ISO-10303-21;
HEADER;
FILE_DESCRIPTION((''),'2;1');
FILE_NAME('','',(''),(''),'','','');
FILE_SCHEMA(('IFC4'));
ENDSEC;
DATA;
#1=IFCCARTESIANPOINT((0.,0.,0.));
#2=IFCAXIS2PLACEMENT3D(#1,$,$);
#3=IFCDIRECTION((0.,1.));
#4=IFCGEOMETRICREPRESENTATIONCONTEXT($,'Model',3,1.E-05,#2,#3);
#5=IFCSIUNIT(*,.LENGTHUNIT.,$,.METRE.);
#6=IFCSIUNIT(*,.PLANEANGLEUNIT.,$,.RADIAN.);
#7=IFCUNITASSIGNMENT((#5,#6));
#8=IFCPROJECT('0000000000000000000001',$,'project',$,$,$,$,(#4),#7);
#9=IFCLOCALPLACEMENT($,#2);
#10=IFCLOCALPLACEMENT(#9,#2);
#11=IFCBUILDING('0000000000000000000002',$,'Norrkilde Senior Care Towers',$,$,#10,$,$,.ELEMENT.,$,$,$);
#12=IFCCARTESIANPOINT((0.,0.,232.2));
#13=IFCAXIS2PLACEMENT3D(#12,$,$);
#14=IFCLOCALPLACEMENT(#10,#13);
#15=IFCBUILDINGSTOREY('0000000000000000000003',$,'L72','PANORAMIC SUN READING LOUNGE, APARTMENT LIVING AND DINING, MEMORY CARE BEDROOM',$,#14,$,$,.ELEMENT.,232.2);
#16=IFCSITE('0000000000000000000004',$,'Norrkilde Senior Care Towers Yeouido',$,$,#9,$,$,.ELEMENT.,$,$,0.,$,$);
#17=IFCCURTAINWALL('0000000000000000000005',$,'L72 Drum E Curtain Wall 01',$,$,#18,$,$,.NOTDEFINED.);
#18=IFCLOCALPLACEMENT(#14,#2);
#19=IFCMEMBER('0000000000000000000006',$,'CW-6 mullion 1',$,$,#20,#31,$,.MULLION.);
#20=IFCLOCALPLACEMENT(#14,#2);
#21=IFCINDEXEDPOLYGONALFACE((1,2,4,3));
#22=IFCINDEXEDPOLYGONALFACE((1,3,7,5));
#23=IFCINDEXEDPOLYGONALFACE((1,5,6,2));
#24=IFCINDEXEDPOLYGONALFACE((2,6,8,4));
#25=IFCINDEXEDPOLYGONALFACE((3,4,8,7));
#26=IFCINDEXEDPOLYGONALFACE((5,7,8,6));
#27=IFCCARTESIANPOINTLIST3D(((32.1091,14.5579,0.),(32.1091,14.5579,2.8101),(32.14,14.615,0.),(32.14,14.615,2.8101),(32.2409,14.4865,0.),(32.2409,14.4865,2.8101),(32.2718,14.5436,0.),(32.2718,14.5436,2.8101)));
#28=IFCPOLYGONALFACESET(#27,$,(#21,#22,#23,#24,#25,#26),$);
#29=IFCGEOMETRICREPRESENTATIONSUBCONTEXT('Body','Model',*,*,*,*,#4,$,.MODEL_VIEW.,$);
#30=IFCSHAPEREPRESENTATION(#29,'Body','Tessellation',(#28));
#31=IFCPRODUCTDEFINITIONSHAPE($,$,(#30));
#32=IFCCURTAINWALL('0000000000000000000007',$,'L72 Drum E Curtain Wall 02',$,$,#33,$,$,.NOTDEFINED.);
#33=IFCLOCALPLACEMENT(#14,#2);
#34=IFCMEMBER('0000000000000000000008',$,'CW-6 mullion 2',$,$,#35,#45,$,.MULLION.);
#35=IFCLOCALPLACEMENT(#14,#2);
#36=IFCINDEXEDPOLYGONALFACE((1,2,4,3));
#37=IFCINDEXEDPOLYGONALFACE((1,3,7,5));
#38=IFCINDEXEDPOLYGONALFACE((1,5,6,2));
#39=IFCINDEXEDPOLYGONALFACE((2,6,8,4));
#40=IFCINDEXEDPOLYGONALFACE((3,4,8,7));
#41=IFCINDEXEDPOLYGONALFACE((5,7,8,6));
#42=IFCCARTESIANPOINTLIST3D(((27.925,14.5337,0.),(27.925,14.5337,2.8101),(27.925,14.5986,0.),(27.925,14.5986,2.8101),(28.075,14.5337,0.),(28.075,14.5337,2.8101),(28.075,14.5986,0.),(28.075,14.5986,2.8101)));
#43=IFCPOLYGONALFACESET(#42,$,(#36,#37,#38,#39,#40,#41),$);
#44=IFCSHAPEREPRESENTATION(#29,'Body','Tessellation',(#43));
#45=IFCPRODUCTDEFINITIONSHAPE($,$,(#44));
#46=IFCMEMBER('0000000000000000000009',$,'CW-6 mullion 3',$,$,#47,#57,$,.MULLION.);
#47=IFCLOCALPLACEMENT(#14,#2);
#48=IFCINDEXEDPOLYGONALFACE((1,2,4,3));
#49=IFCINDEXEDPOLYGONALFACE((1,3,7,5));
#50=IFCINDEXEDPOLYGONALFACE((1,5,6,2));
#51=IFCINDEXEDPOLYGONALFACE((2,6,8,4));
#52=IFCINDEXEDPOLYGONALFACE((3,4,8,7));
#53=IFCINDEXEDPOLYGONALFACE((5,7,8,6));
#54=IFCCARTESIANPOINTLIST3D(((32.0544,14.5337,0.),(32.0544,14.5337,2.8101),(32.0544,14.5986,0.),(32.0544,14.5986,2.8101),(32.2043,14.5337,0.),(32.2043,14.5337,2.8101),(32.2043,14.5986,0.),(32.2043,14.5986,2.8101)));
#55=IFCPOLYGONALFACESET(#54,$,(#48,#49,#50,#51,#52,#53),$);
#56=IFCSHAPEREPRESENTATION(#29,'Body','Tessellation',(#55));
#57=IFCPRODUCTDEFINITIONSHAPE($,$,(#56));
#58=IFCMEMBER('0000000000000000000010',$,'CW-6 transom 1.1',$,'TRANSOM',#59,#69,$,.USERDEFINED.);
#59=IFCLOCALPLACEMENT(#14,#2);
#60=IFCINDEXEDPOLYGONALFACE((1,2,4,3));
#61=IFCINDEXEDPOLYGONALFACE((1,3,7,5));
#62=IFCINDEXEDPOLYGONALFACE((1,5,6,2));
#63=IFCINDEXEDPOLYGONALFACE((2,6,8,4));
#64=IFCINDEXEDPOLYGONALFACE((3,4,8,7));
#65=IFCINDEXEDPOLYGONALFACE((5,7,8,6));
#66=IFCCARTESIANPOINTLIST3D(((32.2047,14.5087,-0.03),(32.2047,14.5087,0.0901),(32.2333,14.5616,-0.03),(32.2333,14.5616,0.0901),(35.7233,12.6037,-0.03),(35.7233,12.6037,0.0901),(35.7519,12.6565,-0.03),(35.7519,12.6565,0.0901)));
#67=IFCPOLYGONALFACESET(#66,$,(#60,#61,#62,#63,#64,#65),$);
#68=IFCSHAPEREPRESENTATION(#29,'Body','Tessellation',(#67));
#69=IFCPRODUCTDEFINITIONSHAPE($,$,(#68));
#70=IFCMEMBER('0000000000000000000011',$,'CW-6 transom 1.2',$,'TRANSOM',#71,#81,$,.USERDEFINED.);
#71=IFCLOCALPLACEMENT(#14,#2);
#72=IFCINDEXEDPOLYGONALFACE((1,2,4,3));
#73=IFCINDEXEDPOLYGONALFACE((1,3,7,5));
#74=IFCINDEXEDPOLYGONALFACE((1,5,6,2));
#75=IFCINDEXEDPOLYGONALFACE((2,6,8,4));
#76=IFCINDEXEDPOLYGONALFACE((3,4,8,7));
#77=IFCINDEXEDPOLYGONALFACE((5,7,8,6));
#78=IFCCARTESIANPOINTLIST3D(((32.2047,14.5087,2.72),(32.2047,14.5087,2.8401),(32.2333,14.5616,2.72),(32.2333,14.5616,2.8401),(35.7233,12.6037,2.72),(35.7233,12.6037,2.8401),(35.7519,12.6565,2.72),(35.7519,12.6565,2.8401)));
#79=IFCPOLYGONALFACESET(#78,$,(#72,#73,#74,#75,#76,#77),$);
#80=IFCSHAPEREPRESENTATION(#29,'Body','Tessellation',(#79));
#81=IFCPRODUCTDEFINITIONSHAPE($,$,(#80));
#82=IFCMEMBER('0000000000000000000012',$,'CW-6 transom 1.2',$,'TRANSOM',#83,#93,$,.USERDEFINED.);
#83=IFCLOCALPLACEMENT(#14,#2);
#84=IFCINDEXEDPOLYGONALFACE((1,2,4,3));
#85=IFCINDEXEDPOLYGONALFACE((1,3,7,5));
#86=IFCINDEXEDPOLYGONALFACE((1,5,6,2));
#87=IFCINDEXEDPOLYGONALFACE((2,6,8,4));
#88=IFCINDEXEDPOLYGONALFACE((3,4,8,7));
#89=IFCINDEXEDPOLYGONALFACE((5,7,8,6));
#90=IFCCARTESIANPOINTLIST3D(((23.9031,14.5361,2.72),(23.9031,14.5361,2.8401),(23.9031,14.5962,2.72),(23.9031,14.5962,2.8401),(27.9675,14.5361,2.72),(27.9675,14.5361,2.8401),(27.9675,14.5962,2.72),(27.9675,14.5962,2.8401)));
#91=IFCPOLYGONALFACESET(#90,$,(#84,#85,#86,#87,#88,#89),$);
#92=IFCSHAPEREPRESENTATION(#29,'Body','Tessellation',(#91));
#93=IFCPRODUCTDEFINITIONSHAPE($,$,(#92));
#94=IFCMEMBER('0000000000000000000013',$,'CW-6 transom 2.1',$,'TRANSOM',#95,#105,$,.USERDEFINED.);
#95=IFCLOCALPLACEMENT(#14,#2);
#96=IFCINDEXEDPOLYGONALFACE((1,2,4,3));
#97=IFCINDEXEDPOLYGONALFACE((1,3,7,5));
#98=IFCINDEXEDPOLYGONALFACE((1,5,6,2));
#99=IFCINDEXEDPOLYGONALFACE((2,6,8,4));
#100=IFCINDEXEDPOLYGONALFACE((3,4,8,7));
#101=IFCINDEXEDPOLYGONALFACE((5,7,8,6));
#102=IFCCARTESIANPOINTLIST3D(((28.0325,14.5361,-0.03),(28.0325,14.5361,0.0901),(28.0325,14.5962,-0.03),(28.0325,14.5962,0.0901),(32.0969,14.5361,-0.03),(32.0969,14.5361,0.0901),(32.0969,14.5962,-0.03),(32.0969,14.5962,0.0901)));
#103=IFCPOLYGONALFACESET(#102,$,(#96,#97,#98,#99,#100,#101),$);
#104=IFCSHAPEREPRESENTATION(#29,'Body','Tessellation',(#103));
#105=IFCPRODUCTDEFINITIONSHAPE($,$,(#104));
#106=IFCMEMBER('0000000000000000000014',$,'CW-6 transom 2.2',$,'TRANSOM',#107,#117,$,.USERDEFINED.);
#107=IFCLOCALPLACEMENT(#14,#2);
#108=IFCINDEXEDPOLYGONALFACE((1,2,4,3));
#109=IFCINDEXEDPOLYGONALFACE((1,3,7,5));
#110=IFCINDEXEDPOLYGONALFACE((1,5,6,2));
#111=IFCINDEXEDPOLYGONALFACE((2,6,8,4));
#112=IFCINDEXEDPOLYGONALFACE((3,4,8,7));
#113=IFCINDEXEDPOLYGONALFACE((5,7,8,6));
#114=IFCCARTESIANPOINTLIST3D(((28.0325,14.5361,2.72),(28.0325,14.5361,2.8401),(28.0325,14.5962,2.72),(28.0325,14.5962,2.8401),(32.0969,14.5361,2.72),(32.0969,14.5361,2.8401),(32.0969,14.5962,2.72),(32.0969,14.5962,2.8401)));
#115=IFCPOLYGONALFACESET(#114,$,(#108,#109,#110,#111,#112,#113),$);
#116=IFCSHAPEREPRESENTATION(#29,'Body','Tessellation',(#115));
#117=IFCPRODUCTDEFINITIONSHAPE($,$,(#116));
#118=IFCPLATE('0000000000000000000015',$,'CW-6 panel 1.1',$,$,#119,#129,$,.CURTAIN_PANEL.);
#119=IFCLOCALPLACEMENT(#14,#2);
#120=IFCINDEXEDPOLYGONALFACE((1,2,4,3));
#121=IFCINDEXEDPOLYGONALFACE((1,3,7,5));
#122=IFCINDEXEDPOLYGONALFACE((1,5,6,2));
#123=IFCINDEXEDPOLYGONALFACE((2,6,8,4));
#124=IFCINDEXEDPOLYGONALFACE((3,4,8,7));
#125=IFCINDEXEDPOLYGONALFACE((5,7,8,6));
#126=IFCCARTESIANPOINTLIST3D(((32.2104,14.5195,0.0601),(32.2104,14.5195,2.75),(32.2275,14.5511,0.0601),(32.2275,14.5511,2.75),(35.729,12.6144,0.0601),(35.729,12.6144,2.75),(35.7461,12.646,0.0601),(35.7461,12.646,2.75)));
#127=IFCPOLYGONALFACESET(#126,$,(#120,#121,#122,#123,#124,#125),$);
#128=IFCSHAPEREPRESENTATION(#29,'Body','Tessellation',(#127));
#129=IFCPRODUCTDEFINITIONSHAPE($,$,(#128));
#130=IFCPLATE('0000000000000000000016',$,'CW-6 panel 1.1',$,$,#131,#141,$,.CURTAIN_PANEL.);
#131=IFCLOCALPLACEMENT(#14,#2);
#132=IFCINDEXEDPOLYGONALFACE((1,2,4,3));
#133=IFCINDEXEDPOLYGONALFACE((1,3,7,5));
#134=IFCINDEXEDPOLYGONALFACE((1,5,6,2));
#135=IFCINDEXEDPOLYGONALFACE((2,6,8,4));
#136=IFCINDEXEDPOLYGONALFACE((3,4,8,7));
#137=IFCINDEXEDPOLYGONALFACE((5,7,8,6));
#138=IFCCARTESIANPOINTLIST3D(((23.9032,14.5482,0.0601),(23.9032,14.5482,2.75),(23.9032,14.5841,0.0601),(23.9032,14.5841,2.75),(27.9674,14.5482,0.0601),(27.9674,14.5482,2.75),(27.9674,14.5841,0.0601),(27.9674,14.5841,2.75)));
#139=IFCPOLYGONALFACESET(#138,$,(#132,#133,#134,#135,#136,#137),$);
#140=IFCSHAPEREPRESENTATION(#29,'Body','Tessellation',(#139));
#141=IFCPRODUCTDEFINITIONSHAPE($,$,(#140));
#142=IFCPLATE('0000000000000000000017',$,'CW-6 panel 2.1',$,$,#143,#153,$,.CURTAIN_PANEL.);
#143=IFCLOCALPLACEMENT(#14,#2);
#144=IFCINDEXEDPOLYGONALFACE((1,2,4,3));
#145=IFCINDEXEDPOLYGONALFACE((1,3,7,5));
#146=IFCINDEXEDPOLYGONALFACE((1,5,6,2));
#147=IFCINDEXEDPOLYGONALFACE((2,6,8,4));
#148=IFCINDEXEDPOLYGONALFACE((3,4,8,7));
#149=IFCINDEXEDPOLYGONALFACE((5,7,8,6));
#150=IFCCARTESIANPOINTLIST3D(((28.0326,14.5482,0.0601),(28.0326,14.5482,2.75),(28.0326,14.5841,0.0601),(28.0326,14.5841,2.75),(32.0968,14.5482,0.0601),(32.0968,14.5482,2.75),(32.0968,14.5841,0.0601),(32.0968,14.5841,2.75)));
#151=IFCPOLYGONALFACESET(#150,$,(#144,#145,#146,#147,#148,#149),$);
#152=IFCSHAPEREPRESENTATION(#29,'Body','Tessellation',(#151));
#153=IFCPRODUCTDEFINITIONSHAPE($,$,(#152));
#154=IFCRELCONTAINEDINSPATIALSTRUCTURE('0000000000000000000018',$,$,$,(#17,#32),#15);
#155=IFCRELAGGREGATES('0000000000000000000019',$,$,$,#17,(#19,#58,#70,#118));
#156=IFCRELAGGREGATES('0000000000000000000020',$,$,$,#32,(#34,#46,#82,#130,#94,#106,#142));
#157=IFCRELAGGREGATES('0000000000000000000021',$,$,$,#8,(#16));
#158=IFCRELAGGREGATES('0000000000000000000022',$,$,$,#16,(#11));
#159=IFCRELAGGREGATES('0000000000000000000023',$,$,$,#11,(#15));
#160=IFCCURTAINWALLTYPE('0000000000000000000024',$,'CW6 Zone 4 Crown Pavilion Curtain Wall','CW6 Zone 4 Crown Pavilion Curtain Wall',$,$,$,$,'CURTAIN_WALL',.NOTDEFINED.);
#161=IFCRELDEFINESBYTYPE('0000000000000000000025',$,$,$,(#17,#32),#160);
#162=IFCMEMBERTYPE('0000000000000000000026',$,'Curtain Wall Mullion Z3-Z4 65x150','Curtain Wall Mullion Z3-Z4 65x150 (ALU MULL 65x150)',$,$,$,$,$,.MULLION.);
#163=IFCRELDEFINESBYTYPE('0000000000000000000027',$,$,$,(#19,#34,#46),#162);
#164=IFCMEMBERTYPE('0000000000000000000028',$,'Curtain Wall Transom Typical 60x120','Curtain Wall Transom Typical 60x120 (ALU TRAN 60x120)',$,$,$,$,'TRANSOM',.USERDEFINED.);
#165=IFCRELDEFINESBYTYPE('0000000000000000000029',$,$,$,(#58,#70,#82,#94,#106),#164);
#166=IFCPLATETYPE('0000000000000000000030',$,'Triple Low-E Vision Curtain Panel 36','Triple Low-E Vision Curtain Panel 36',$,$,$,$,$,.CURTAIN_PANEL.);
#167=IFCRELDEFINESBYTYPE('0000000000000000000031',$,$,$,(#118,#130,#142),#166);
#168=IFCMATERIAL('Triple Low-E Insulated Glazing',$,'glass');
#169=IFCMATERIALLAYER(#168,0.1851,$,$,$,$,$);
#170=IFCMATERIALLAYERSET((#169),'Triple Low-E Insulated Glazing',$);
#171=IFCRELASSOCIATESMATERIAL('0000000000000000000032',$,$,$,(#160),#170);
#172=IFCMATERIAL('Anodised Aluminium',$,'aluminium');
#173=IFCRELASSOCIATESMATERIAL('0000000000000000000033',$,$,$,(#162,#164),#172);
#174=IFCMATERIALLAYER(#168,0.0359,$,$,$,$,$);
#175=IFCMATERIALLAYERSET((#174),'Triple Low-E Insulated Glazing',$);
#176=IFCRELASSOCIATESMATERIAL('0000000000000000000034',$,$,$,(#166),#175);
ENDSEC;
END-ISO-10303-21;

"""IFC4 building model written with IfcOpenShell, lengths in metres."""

from ifc_helpers import new_model, si_unit, direction, frame, origin, origin_2d, place, context, subcontext, project, spatial, rectangle, extrude, source, transform, mapped, material, layer, layer_set, material_profile, profile_set, type_object, type_shapes, element, aggregate, save


model = new_model("IFC4")

# Units and contexts
model_context = context("Model", 3, precision=1e-05, world=origin(), true_north=direction((0.0, 1.0)))
body_context = subcontext(model_context, "Body", "Model", "MODEL_VIEW")
ifc_project = project(units=[si_unit("LENGTHUNIT", "METRE"), si_unit("PLANEANGLEUNIT", "RADIAN")], contexts=[model_context])

# Site, building, storey
site_placement = place(None, origin())
site = spatial("IfcSite", under=ifc_project, at=site_placement, Name="Norrkilde Senior Care Towers Yeouido", CompositionType="ELEMENT", RefElevation=0.0)
building_placement = place(site_placement, origin())
building = spatial("IfcBuilding", under=site, at=building_placement, Name="Norrkilde Senior Care Towers", CompositionType="ELEMENT")
storey_placement = place(building_placement, frame((0.0, 0.0, 232.2)))
storey = spatial("IfcBuildingStorey", under=building, at=storey_placement, Name="L72", Description="PANORAMIC SUN READING LOUNGE, APARTMENT LIVING AND DINING, MEMORY CARE BEDROOM", CompositionType="ELEMENT", Elevation=232.2)

# Curtain wall, member
ifc_material_1 = material(Name="Triple Low-E Insulated Glazing", Category="glass")
ifc_layer_1 = layer(ifc_material_1, 0.1851)
ifc_layer_set_1 = layer_set([ifc_layer_1], Name="Triple Low-E Insulated Glazing")
curtain_wall_type = type_object("IfcCurtainWallType", Name="CW6 Zone 4 Crown Pavilion Curtain Wall", Description="CW6 Zone 4 Crown Pavilion Curtain Wall", ElementType="CURTAIN_WALL", PredefinedType="NOTDEFINED", material=ifc_layer_set_1)
curtain_wall_1_placement = place(storey_placement, origin())
curtain_wall_1 = element("IfcCurtainWall", 1, at=curtain_wall_1_placement, inside=storey, type_object=curtain_wall_type, Name="L72 Drum E Curtain Wall 01", PredefinedType="NOTDEFINED")
ifc_material_2 = material(Name="Anodised Aluminium", Category="aluminium")
ifc_material_profile_1 = material_profile(ifc_material_2, rectangle(XDim=0.0649, YDim=0.1499, at=origin_2d()), Name="ALU MULL 65x150")
ifc_profile_set_1 = profile_set([ifc_material_profile_1], Name="Anodised Aluminium")
member_type_1 = type_object("IfcMemberType", Name="Curtain Wall Mullion Z3-Z4 65x150", Description="Curtain Wall Mullion Z3-Z4 65x150 (ALU MULL 65x150)", PredefinedType="MULLION", material=ifc_profile_set_1)
shared_shape_1 = source(origin(), body_context, "Body", "SweptSolid", [
    extrude(rectangle(XDim=0.0649, YDim=0.1499, at=origin_2d()), origin(), (0.0, 0.0, 1.0), 2.8101),
])
type_shapes(member_type_1, [shared_shape_1])
member_1_placement = place(storey_placement, frame((32.1904, 14.5508, 0.0), z_axis=(0.0, 0.0, 1.0), x_axis=(0.476133, 0.879373, 0.0)))
member_1 = element("IfcMember", 2, at=member_1_placement, type_object=member_type_1, Name="CW-6 mullion 1", PredefinedType="MULLION", context=body_context, shape_type="MappedRepresentation", body=[
    mapped(shared_shape_1, transform((0.0, 0.0, 0.0), x_axis=(1.0, 0.0, 0.0), y_axis=(0.0, 1.0, 0.0), z_axis=(0.0, 0.0, 1.0), scale=1.0)),
])

# Curtain wall, members
curtain_wall_2_placement = place(storey_placement, origin())
curtain_wall_2 = element("IfcCurtainWall", 3, at=curtain_wall_2_placement, inside=storey, type_object=curtain_wall_type, Name="L72 Drum E Curtain Wall 02", PredefinedType="NOTDEFINED")
member_2_placement = place(storey_placement, frame((28.0, 14.5662, 0.0), z_axis=(0.0, 0.0, 1.0), x_axis=(0.0, 1.0, 0.0)))
member_2 = element("IfcMember", 4, at=member_2_placement, type_object=member_type_1, Name="CW-6 mullion 2", PredefinedType="MULLION", context=body_context, shape_type="MappedRepresentation", body=[
    mapped(shared_shape_1, transform((0.0, 0.0, 0.0), x_axis=(1.0, 0.0, 0.0), y_axis=(0.0, 1.0, 0.0), z_axis=(0.0, 0.0, 1.0), scale=1.0)),
])
member_3_placement = place(storey_placement, frame((32.1294, 14.5662, 0.0), z_axis=(0.0, 0.0, 1.0), x_axis=(0.0, 1.0, 0.0)))
member_3 = element("IfcMember", 5, at=member_3_placement, type_object=member_type_1, Name="CW-6 mullion 3", PredefinedType="MULLION", context=body_context, shape_type="MappedRepresentation", body=[
    mapped(shared_shape_1, transform((0.0, 0.0, 0.0), x_axis=(1.0, 0.0, 0.0), y_axis=(0.0, 1.0, 0.0), z_axis=(0.0, 0.0, 1.0), scale=1.0)),
])

# Members
ifc_material_profile_2 = material_profile(ifc_material_2, rectangle(XDim=0.0601, YDim=0.1201, at=origin_2d()), Name="ALU TRAN 60x120")
ifc_profile_set_2 = profile_set([ifc_material_profile_2], Name="Anodised Aluminium")
member_type_2 = type_object("IfcMemberType", Name="Curtain Wall Transom Typical 60x120", Description="Curtain Wall Transom Typical 60x120 (ALU TRAN 60x120)", ElementType="TRANSOM", PredefinedType="USERDEFINED", material=ifc_profile_set_2)
shared_shape_2 = source(origin(), body_context, "Body", "SweptSolid", [
    extrude(rectangle(XDim=0.0601, YDim=0.1201, at=origin_2d()), origin(), (0.0, 0.0, 1.0), 4.0012),
])
member_4_placement = place(storey_placement, frame((32.219, 14.5352, 0.03), z_axis=(0.879381, -0.476118, 0.0), x_axis=(0.476118, 0.879381, 0.0)))
member_4 = element("IfcMember", 6, at=member_4_placement, type_object=member_type_2, Name="CW-6 transom 1.1", ObjectType="TRANSOM", PredefinedType="USERDEFINED", context=body_context, shape_type="MappedRepresentation", body=[
    mapped(shared_shape_2, transform((0.0, 0.0, 0.0), x_axis=(1.0, 0.0, 0.0), y_axis=(0.0, 1.0, 0.0), z_axis=(0.0, 0.0, 1.0), scale=1.0)),
])
member_5_placement = place(storey_placement, frame((32.219, 14.5352, 2.78), z_axis=(0.879381, -0.476118, 0.0), x_axis=(0.476118, 0.879381, 0.0)))
member_5 = element("IfcMember", 7, at=member_5_placement, type_object=member_type_2, Name="CW-6 transom 1.2", ObjectType="TRANSOM", PredefinedType="USERDEFINED", context=body_context, shape_type="MappedRepresentation", body=[
    mapped(shared_shape_2, transform((0.0, 0.0, 0.0), x_axis=(1.0, 0.0, 0.0), y_axis=(0.0, 1.0, 0.0), z_axis=(0.0, 0.0, 1.0), scale=1.0)),
])
shared_shape_3 = source(origin(), body_context, "Body", "SweptSolid", [
    extrude(rectangle(XDim=0.0601, YDim=0.1201, at=origin_2d()), origin(), (0.0, 0.0, 1.0), 4.0645),
])
type_shapes(member_type_2, [shared_shape_2, shared_shape_3])
member_6_placement = place(storey_placement, frame((23.9031, 14.5662, 2.78), z_axis=(1.0, 0.0, 0.0), x_axis=(0.0, 1.0, 0.0)))
member_6 = element("IfcMember", 8, at=member_6_placement, type_object=member_type_2, Name="CW-6 transom 1.2", ObjectType="TRANSOM", PredefinedType="USERDEFINED", context=body_context, shape_type="MappedRepresentation", body=[
    mapped(shared_shape_3, transform((0.0, 0.0, 0.0), x_axis=(1.0, 0.0, 0.0), y_axis=(0.0, 1.0, 0.0), z_axis=(0.0, 0.0, 1.0), scale=1.0)),
])
member_7_placement = place(storey_placement, frame((28.0325, 14.5662, 0.03), z_axis=(1.0, 0.0, 0.0), x_axis=(0.0, 1.0, 0.0)))
member_7 = element("IfcMember", 9, at=member_7_placement, type_object=member_type_2, Name="CW-6 transom 2.1", ObjectType="TRANSOM", PredefinedType="USERDEFINED", context=body_context, shape_type="MappedRepresentation", body=[
    mapped(shared_shape_3, transform((0.0, 0.0, 0.0), x_axis=(1.0, 0.0, 0.0), y_axis=(0.0, 1.0, 0.0), z_axis=(0.0, 0.0, 1.0), scale=1.0)),
])
member_8_placement = place(storey_placement, frame((28.0325, 14.5662, 2.78), z_axis=(1.0, 0.0, 0.0), x_axis=(0.0, 1.0, 0.0)))
member_8 = element("IfcMember", 10, at=member_8_placement, type_object=member_type_2, Name="CW-6 transom 2.2", ObjectType="TRANSOM", PredefinedType="USERDEFINED", context=body_context, shape_type="MappedRepresentation", body=[
    mapped(shared_shape_3, transform((0.0, 0.0, 0.0), x_axis=(1.0, 0.0, 0.0), y_axis=(0.0, 1.0, 0.0), z_axis=(0.0, 0.0, 1.0), scale=1.0)),
])

# Plates
ifc_layer_2 = layer(ifc_material_1, 0.0359)
ifc_layer_set_2 = layer_set([ifc_layer_2], Name="Triple Low-E Insulated Glazing")
plate_type = type_object("IfcPlateType", Name="Triple Low-E Vision Curtain Panel 36", Description="Triple Low-E Vision Curtain Panel 36", PredefinedType="CURTAIN_PANEL", material=ifc_layer_set_2)
shared_shape_4 = source(origin(), body_context, "Body", "SweptSolid", [
    extrude(rectangle(XDim=4.0012, YDim=0.0359, at=origin_2d()), origin(), (0.0, 0.0, 1.0), 2.6899),
])
plate_1_placement = place(storey_placement, frame((33.9783, 13.5828, 0.0601), z_axis=(0.0, 0.0, 1.0), x_axis=(0.879373, -0.476133, 0.0)))
plate_1 = element("IfcPlate", 11, at=plate_1_placement, type_object=plate_type, Name="CW-6 panel 1.1", PredefinedType="CURTAIN_PANEL", context=body_context, shape_type="MappedRepresentation", body=[
    mapped(shared_shape_4, transform((0.0, 0.0, 0.0), x_axis=(1.0, 0.0, 0.0), y_axis=(0.0, 1.0, 0.0), z_axis=(0.0, 0.0, 1.0), scale=1.0)),
])
aggregate(curtain_wall_1, [member_1, member_4, member_5, plate_1])
shared_shape_5 = source(origin(), body_context, "Body", "SweptSolid", [
    extrude(rectangle(XDim=4.0642, YDim=0.0359, at=origin_2d()), origin(), (0.0, 0.0, 1.0), 2.6899),
])
type_shapes(plate_type, [shared_shape_4, shared_shape_5])
plate_2_placement = place(storey_placement, frame((25.9353, 14.5662, 0.0601), z_axis=(0.0, 0.0, 1.0), x_axis=(1.0, 0.0, 0.0)))
plate_2 = element("IfcPlate", 12, at=plate_2_placement, type_object=plate_type, Name="CW-6 panel 1.1", PredefinedType="CURTAIN_PANEL", context=body_context, shape_type="MappedRepresentation", body=[
    mapped(shared_shape_5, transform((0.0, 0.0, 0.0), x_axis=(1.0, 0.0, 0.0), y_axis=(0.0, 1.0, 0.0), z_axis=(0.0, 0.0, 1.0), scale=1.0)),
])
plate_3_placement = place(storey_placement, frame((30.0647, 14.5662, 0.0601), z_axis=(0.0, 0.0, 1.0), x_axis=(1.0, 0.0, 0.0)))
plate_3 = element("IfcPlate", 13, at=plate_3_placement, type_object=plate_type, Name="CW-6 panel 2.1", PredefinedType="CURTAIN_PANEL", context=body_context, shape_type="MappedRepresentation", body=[
    mapped(shared_shape_5, transform((0.0, 0.0, 0.0), x_axis=(1.0, 0.0, 0.0), y_axis=(0.0, 1.0, 0.0), z_axis=(0.0, 0.0, 1.0), scale=1.0)),
])
aggregate(curtain_wall_2, [member_2, member_3, member_6, plate_2, member_7, member_8, plate_3])

save(model, "model.ifc")
